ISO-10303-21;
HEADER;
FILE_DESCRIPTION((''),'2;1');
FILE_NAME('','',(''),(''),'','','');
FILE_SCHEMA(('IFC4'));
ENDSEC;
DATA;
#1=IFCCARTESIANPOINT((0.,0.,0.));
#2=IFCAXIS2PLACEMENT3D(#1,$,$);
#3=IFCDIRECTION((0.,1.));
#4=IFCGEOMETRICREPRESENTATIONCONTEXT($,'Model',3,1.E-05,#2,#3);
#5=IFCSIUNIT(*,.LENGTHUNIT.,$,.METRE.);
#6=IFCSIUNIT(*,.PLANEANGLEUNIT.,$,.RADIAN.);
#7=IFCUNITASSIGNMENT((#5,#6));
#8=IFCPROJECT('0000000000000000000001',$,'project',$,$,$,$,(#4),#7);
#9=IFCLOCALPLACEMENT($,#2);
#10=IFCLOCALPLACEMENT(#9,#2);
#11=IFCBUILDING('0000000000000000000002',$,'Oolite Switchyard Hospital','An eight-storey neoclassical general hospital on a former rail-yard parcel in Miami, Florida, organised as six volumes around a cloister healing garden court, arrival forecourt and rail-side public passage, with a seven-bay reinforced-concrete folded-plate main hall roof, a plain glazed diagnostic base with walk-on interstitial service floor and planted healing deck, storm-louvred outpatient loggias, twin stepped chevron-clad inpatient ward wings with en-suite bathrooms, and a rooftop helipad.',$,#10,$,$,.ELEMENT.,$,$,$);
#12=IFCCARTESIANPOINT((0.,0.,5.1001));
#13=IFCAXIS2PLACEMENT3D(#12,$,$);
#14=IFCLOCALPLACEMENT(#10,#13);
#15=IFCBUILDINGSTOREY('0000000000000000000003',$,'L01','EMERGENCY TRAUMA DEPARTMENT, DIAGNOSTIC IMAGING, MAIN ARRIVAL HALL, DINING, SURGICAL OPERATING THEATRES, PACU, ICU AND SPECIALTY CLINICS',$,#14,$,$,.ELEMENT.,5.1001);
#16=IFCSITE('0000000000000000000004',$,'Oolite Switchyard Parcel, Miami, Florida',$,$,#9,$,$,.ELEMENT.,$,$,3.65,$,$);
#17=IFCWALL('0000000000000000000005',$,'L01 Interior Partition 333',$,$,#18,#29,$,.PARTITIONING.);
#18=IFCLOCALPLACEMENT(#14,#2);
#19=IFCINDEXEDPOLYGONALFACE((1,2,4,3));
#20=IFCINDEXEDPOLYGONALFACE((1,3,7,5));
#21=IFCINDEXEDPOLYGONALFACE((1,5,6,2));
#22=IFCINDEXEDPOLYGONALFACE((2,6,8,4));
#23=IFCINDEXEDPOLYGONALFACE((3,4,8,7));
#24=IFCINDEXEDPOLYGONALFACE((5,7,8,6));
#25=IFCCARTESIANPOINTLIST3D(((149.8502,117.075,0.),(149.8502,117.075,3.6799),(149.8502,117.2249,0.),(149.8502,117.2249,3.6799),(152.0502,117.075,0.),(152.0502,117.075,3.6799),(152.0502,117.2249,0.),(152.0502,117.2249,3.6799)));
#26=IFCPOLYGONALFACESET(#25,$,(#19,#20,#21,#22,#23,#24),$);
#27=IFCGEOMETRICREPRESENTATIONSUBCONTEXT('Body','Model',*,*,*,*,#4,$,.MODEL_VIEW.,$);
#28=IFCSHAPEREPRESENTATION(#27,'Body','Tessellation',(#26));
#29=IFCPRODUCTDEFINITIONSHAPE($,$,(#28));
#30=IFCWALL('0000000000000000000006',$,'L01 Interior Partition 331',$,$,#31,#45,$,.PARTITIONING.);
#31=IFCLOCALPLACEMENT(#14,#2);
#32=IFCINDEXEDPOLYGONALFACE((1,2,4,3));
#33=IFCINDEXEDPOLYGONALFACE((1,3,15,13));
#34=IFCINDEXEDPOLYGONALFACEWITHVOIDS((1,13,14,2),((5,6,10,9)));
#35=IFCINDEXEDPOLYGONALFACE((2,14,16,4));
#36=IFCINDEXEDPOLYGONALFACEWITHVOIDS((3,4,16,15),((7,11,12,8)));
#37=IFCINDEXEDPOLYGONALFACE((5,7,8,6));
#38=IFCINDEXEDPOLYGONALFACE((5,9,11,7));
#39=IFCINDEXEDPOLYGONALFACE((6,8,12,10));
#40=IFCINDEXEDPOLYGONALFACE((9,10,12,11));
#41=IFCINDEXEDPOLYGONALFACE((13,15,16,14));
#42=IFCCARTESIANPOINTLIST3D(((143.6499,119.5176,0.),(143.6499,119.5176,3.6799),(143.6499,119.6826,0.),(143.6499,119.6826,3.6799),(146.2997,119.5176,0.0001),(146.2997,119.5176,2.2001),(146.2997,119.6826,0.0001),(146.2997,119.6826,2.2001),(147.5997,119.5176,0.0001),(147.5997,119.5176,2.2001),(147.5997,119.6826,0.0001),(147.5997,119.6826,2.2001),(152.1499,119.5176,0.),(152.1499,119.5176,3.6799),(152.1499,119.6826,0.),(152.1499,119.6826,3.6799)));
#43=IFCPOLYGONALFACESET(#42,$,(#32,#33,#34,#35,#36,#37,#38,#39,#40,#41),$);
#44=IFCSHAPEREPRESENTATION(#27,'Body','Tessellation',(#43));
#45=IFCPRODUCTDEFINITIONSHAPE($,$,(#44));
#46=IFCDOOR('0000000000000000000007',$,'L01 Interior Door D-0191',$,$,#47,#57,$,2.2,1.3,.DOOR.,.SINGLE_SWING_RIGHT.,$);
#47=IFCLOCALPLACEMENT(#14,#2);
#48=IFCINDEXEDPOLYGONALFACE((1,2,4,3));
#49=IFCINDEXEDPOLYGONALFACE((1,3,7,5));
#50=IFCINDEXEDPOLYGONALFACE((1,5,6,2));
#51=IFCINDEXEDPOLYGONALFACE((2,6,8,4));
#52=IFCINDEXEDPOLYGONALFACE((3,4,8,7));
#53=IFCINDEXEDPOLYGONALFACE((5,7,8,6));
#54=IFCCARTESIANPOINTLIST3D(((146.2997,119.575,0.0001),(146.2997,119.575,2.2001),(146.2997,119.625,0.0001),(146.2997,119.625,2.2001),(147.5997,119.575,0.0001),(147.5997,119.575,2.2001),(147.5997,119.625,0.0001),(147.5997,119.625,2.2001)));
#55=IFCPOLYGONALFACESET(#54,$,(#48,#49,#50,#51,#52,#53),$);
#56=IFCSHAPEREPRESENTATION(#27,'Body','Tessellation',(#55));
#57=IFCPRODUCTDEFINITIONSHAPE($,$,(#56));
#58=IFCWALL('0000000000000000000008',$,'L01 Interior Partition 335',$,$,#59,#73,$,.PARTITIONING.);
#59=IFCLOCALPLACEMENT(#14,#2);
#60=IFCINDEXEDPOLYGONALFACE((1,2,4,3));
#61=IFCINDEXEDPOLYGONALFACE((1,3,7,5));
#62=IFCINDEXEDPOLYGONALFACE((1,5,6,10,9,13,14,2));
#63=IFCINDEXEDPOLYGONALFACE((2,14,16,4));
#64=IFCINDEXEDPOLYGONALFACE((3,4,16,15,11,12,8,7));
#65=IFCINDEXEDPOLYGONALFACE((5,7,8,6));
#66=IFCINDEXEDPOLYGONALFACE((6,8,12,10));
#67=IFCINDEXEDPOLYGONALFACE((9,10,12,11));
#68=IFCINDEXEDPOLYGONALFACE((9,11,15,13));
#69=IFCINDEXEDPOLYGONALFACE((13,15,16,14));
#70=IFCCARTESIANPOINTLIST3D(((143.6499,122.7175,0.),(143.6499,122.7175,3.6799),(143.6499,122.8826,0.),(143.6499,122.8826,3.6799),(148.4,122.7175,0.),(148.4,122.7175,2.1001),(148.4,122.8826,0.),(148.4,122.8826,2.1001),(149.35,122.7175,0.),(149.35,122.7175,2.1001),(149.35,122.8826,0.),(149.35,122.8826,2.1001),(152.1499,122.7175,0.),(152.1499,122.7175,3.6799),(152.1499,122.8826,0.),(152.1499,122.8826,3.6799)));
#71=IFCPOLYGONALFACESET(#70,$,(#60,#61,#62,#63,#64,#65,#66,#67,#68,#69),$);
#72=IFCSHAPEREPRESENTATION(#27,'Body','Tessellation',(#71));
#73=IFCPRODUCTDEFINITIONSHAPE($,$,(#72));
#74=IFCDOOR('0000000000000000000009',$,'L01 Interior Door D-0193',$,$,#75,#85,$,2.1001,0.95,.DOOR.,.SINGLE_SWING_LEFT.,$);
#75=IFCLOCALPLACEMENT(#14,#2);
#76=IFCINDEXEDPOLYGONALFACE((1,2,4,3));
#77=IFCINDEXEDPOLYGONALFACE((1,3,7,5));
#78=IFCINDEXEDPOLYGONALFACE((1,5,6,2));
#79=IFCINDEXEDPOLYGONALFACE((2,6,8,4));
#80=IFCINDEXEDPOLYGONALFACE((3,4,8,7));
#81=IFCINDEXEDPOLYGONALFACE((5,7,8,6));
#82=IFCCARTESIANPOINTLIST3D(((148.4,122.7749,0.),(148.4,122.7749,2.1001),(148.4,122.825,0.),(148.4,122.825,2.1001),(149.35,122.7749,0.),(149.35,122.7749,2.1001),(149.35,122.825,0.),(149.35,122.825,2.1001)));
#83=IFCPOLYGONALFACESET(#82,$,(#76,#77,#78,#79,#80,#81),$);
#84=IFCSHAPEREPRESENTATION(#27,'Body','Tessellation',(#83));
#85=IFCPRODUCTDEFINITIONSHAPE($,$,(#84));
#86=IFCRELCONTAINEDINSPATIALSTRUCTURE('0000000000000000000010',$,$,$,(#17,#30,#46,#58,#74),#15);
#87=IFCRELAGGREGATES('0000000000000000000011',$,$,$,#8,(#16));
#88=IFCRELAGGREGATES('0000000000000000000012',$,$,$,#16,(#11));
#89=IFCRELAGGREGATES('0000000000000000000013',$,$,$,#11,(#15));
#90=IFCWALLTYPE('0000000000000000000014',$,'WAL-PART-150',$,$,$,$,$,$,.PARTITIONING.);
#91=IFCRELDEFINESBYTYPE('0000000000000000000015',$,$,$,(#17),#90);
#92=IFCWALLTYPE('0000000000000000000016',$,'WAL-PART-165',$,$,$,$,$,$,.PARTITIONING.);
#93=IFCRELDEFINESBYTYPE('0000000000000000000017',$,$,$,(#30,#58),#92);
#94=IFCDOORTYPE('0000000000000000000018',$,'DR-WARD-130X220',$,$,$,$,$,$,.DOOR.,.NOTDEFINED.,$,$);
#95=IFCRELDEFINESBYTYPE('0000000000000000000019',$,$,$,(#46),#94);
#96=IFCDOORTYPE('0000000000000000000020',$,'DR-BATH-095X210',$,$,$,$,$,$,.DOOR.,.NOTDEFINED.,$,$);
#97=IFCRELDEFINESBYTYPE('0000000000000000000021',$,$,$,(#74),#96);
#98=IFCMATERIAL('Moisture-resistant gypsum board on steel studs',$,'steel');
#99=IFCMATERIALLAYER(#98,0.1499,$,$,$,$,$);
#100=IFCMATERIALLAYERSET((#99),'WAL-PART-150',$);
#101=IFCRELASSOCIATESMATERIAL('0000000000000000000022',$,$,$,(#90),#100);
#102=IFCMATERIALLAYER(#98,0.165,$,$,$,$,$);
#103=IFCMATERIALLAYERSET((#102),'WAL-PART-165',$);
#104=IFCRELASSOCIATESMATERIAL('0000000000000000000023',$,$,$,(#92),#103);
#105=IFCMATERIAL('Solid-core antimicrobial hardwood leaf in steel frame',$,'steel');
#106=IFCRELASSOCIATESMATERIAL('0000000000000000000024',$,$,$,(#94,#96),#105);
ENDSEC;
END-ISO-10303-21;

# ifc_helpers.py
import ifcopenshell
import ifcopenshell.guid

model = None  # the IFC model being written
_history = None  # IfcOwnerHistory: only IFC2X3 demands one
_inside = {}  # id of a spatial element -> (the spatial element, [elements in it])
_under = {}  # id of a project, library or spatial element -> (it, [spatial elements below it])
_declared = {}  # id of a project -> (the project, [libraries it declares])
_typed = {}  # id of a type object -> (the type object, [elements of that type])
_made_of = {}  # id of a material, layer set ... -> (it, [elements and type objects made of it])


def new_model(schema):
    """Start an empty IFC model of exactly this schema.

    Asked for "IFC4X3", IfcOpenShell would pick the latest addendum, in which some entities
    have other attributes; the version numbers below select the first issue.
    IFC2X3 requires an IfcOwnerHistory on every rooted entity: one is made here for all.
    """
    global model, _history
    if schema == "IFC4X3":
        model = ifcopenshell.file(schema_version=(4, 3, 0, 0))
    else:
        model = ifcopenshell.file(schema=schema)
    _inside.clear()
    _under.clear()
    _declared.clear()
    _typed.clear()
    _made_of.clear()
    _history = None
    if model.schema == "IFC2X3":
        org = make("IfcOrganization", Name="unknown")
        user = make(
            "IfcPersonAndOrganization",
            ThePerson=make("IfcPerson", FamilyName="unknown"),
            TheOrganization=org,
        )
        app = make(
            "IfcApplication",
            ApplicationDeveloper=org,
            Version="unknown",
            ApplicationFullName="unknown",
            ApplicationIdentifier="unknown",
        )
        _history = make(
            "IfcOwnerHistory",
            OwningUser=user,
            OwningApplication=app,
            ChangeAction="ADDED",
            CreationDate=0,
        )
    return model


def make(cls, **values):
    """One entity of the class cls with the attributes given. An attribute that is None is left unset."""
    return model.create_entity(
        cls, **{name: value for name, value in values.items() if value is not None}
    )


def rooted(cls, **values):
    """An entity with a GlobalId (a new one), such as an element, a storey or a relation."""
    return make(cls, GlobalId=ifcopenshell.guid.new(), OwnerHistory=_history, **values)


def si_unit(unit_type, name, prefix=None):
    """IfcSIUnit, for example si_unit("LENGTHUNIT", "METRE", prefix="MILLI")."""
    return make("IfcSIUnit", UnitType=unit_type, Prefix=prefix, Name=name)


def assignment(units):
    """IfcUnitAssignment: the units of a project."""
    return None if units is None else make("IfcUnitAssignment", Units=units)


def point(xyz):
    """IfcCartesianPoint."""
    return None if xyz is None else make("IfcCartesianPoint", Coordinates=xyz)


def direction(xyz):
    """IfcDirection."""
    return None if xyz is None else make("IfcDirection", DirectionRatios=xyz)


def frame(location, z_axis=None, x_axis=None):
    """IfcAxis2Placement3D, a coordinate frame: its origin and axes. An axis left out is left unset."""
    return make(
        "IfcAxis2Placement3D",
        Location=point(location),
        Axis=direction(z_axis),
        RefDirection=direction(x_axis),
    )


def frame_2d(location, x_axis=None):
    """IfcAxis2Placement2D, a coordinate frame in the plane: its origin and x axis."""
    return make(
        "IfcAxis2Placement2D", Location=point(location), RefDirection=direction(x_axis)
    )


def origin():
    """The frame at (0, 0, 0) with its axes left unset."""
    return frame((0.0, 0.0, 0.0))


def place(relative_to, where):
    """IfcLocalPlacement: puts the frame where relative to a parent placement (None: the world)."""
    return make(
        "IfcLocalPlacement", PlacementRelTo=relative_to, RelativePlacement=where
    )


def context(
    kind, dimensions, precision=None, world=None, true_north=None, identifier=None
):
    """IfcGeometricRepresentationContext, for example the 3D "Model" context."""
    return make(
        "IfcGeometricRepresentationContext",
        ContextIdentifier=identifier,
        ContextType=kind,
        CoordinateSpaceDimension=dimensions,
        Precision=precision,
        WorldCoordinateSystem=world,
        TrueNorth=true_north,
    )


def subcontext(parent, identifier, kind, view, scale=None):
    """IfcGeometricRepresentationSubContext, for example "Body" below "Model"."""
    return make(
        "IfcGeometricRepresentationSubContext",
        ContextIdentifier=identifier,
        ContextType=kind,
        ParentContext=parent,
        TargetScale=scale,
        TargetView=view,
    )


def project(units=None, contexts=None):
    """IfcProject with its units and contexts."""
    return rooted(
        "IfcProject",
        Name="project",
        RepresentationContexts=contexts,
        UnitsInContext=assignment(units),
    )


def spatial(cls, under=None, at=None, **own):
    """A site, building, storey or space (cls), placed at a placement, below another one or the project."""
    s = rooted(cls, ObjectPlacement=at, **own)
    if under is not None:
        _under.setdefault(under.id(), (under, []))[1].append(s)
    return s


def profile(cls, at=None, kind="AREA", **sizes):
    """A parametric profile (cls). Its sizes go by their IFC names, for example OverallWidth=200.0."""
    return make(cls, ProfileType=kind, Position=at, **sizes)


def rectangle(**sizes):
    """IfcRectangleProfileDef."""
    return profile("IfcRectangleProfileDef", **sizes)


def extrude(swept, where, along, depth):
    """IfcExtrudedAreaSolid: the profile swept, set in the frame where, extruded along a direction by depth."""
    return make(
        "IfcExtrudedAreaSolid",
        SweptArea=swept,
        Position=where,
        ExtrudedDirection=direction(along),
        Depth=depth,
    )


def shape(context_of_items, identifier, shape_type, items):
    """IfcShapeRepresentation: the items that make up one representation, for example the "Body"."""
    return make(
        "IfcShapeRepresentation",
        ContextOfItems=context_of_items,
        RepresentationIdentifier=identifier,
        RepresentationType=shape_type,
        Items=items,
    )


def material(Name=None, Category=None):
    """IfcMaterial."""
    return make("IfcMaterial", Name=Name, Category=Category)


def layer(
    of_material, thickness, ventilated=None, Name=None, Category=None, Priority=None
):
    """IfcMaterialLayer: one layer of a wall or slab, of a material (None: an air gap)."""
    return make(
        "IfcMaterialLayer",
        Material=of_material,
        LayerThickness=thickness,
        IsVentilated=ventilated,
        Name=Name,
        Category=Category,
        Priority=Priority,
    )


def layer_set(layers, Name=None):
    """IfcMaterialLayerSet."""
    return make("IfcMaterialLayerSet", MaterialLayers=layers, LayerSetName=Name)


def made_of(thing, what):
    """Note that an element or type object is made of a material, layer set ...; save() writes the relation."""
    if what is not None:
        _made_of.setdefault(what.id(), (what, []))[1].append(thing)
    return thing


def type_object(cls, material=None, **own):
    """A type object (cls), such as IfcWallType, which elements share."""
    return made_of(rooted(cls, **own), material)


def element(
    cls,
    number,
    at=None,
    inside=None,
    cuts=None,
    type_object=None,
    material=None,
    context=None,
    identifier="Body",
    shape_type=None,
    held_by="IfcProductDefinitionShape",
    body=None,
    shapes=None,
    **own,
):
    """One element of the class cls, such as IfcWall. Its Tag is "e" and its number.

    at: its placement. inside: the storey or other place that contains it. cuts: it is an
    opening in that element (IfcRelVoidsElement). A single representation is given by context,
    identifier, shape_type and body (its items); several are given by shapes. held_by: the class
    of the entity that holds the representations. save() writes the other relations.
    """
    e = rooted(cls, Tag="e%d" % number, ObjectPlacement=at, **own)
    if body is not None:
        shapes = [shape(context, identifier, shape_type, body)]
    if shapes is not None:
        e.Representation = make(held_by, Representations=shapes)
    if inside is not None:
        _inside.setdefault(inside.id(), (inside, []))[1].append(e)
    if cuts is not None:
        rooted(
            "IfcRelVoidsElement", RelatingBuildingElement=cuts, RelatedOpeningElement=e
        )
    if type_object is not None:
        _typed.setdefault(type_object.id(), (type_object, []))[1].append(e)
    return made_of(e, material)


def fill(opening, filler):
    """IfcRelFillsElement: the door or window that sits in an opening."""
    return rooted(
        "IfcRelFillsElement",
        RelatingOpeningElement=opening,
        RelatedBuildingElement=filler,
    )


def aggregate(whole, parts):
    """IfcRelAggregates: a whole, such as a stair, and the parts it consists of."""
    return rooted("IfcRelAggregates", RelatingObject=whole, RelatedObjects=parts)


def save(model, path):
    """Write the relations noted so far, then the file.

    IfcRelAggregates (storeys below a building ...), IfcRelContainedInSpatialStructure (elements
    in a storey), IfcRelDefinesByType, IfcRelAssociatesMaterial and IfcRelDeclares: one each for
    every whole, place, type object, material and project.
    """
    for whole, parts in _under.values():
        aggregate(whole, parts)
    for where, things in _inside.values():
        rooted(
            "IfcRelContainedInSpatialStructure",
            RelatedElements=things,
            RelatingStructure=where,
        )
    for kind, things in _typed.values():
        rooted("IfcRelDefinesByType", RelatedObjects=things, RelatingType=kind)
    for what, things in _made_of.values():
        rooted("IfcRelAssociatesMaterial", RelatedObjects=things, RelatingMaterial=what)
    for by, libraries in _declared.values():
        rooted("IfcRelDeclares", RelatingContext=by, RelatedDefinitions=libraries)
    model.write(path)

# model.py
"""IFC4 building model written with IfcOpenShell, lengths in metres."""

from ifc_helpers import new_model, si_unit, direction, frame, frame_2d, origin, place, context, subcontext, project, spatial, rectangle, extrude, material, layer, layer_set, type_object, element, fill, save


model = new_model("IFC4")

# Units and contexts
model_context = context("Model", 3, precision=1e-05, world=origin(), true_north=direction((0.0, 1.0)))
body_context = subcontext(model_context, "Body", "Model", "MODEL_VIEW")
ifc_project = project(units=[si_unit("LENGTHUNIT", "METRE"), si_unit("PLANEANGLEUNIT", "RADIAN")], contexts=[model_context])

# Site, building, storey
site_placement = place(None, origin())
site = spatial("IfcSite", under=ifc_project, at=site_placement, Name="Oolite Switchyard Parcel, Miami, Florida", CompositionType="ELEMENT", RefElevation=3.65)
building_placement = place(site_placement, origin())
building = spatial("IfcBuilding", under=site, at=building_placement, Name="Oolite Switchyard Hospital", Description="An eight-storey neoclassical general hospital on a former rail-yard parcel in Miami, Florida, organised as six volumes around a cloister healing garden court, arrival forecourt and rail-side public passage, with a seven-bay reinforced-concrete folded-plate main hall roof, a plain glazed diagnostic base with walk-on interstitial service floor and planted healing deck, storm-louvred outpatient loggias, twin stepped chevron-clad inpatient ward wings with en-suite bathrooms, and a rooftop helipad.", CompositionType="ELEMENT")
storey_placement = place(building_placement, frame((0.0, 0.0, 5.1001)))
storey = spatial("IfcBuildingStorey", under=building, at=storey_placement, Name="L01", Description="EMERGENCY TRAUMA DEPARTMENT, DIAGNOSTIC IMAGING, MAIN ARRIVAL HALL, DINING, SURGICAL OPERATING THEATRES, PACU, ICU AND SPECIALTY CLINICS", CompositionType="ELEMENT", Elevation=5.1001)

# Shared definitions
ifc_material_1 = material(Name="Moisture-resistant gypsum board on steel studs", Category="steel")
ifc_layer_1 = layer(ifc_material_1, 0.1499)
ifc_layer_set_1 = layer_set([ifc_layer_1], Name="WAL-PART-150")
wall_type_1 = type_object("IfcWallType", Name="WAL-PART-150", PredefinedType="PARTITIONING", material=ifc_layer_set_1)

# Shared definitions
ifc_material_2 = material(Name="Solid-core antimicrobial hardwood leaf in steel frame", Category="steel")

# Wall
wall_1_placement = place(storey_placement, frame((149.8501, 117.1499, 0.0), z_axis=(0.0, 0.0, 1.0), x_axis=(1.0, 0.0, 0.0)))
element("IfcWall", 1, at=wall_1_placement, inside=storey, type_object=wall_type_1, Name="L01 Interior Partition 333", PredefinedType="PARTITIONING", context=body_context, shape_type="SweptSolid", body=[
    extrude(rectangle(XDim=2.2, YDim=0.1499, at=frame_2d((1.1001, 0.0))), origin(), (0.0, 0.0, 1.0), 3.6799),
])

# Walls, openings, doors
ifc_layer_2 = layer(ifc_material_1, 0.165)
ifc_layer_set_2 = layer_set([ifc_layer_2], Name="WAL-PART-165")
wall_type_2 = type_object("IfcWallType", Name="WAL-PART-165", PredefinedType="PARTITIONING", material=ifc_layer_set_2)
wall_2_placement = place(storey_placement, frame((143.6499, 119.6001, 0.0), z_axis=(0.0, 0.0, 1.0), x_axis=(1.0, 0.0, 0.0)))
wall_2 = element("IfcWall", 2, at=wall_2_placement, inside=storey, type_object=wall_type_2, Name="L01 Interior Partition 331", PredefinedType="PARTITIONING", context=body_context, shape_type="SweptSolid", body=[
    extrude(rectangle(XDim=8.5, YDim=0.165, at=frame_2d((4.25, 0.0))), origin(), (0.0, 0.0, 1.0), 3.6799),
])
opening_1_placement = place(wall_2_placement, frame((2.6499, 0.0, 0.0)))
opening_1 = element("IfcOpeningElement", 3, at=opening_1_placement, cuts=wall_2, PredefinedType="OPENING", context=body_context, shape_type="SweptSolid", body=[
    extrude(rectangle(XDim=1.3, YDim=2.2, at=frame_2d((0.6499, 1.1001))), frame((0.0, 0.0925, 0.0), z_axis=(0.0, -1.0, 0.0), x_axis=(1.0, 0.0, 0.0)), (0.0, 0.0, 1.0), 0.1851),
])
door_type_1 = type_object("IfcDoorType", Name="DR-WARD-130X220", OperationType="NOTDEFINED", PredefinedType="DOOR", material=ifc_material_2)
door_1_placement = place(opening_1_placement, origin())
door_1 = element("IfcDoor", 4, at=door_1_placement, inside=storey, type_object=door_type_1, Name="L01 Interior Door D-0191", OperationType="SINGLE_SWING_RIGHT", OverallHeight=2.2, OverallWidth=1.3, PredefinedType="DOOR", context=body_context, shape_type="SweptSolid", body=[
    extrude(rectangle(XDim=1.3, YDim=2.2, at=frame_2d((0.6499, 1.1001))), frame((0.0, 0.0249, 0.0), z_axis=(0.0, -1.0, 0.0), x_axis=(1.0, 0.0, 0.0)), (0.0, 0.0, 1.0), 0.05),
])
fill(opening_1, door_1)
wall_3_placement = place(storey_placement, frame((143.6499, 122.8, 0.0), z_axis=(0.0, 0.0, 1.0), x_axis=(1.0, 0.0, 0.0)))
wall_3 = element("IfcWall", 5, at=wall_3_placement, inside=storey, type_object=wall_type_2, Name="L01 Interior Partition 335", PredefinedType="PARTITIONING", context=body_context, shape_type="SweptSolid", body=[
    extrude(rectangle(XDim=8.5, YDim=0.165, at=frame_2d((4.25, 0.0))), origin(), (0.0, 0.0, 1.0), 3.6799),
])
opening_2_placement = place(wall_3_placement, frame((4.75, 0.0, 0.0)))
opening_2 = element("IfcOpeningElement", 6, at=opening_2_placement, cuts=wall_3, PredefinedType="OPENING", context=body_context, shape_type="SweptSolid", body=[
    extrude(rectangle(XDim=0.95, YDim=2.1001, at=frame_2d((0.4751, 1.05))), frame((0.0, 0.0925, 0.0), z_axis=(0.0, -1.0, 0.0), x_axis=(1.0, 0.0, 0.0)), (0.0, 0.0, 1.0), 0.1851),
])
door_type_2 = type_object("IfcDoorType", Name="DR-BATH-095X210", OperationType="NOTDEFINED", PredefinedType="DOOR", material=ifc_material_2)
door_2_placement = place(opening_2_placement, origin())
door_2 = element("IfcDoor", 7, at=door_2_placement, inside=storey, type_object=door_type_2, Name="L01 Interior Door D-0193", OperationType="SINGLE_SWING_LEFT", OverallHeight=2.1001, OverallWidth=0.95, PredefinedType="DOOR", context=body_context, shape_type="SweptSolid", body=[
    extrude(rectangle(XDim=0.95, YDim=2.1001, at=frame_2d((0.4751, 1.05))), frame((0.0, 0.0249, 0.0), z_axis=(0.0, -1.0, 0.0), x_axis=(1.0, 0.0, 0.0)), (0.0, 0.0, 1.0), 0.05),
])
fill(opening_2, door_2)

save(model, "model.ifc")
